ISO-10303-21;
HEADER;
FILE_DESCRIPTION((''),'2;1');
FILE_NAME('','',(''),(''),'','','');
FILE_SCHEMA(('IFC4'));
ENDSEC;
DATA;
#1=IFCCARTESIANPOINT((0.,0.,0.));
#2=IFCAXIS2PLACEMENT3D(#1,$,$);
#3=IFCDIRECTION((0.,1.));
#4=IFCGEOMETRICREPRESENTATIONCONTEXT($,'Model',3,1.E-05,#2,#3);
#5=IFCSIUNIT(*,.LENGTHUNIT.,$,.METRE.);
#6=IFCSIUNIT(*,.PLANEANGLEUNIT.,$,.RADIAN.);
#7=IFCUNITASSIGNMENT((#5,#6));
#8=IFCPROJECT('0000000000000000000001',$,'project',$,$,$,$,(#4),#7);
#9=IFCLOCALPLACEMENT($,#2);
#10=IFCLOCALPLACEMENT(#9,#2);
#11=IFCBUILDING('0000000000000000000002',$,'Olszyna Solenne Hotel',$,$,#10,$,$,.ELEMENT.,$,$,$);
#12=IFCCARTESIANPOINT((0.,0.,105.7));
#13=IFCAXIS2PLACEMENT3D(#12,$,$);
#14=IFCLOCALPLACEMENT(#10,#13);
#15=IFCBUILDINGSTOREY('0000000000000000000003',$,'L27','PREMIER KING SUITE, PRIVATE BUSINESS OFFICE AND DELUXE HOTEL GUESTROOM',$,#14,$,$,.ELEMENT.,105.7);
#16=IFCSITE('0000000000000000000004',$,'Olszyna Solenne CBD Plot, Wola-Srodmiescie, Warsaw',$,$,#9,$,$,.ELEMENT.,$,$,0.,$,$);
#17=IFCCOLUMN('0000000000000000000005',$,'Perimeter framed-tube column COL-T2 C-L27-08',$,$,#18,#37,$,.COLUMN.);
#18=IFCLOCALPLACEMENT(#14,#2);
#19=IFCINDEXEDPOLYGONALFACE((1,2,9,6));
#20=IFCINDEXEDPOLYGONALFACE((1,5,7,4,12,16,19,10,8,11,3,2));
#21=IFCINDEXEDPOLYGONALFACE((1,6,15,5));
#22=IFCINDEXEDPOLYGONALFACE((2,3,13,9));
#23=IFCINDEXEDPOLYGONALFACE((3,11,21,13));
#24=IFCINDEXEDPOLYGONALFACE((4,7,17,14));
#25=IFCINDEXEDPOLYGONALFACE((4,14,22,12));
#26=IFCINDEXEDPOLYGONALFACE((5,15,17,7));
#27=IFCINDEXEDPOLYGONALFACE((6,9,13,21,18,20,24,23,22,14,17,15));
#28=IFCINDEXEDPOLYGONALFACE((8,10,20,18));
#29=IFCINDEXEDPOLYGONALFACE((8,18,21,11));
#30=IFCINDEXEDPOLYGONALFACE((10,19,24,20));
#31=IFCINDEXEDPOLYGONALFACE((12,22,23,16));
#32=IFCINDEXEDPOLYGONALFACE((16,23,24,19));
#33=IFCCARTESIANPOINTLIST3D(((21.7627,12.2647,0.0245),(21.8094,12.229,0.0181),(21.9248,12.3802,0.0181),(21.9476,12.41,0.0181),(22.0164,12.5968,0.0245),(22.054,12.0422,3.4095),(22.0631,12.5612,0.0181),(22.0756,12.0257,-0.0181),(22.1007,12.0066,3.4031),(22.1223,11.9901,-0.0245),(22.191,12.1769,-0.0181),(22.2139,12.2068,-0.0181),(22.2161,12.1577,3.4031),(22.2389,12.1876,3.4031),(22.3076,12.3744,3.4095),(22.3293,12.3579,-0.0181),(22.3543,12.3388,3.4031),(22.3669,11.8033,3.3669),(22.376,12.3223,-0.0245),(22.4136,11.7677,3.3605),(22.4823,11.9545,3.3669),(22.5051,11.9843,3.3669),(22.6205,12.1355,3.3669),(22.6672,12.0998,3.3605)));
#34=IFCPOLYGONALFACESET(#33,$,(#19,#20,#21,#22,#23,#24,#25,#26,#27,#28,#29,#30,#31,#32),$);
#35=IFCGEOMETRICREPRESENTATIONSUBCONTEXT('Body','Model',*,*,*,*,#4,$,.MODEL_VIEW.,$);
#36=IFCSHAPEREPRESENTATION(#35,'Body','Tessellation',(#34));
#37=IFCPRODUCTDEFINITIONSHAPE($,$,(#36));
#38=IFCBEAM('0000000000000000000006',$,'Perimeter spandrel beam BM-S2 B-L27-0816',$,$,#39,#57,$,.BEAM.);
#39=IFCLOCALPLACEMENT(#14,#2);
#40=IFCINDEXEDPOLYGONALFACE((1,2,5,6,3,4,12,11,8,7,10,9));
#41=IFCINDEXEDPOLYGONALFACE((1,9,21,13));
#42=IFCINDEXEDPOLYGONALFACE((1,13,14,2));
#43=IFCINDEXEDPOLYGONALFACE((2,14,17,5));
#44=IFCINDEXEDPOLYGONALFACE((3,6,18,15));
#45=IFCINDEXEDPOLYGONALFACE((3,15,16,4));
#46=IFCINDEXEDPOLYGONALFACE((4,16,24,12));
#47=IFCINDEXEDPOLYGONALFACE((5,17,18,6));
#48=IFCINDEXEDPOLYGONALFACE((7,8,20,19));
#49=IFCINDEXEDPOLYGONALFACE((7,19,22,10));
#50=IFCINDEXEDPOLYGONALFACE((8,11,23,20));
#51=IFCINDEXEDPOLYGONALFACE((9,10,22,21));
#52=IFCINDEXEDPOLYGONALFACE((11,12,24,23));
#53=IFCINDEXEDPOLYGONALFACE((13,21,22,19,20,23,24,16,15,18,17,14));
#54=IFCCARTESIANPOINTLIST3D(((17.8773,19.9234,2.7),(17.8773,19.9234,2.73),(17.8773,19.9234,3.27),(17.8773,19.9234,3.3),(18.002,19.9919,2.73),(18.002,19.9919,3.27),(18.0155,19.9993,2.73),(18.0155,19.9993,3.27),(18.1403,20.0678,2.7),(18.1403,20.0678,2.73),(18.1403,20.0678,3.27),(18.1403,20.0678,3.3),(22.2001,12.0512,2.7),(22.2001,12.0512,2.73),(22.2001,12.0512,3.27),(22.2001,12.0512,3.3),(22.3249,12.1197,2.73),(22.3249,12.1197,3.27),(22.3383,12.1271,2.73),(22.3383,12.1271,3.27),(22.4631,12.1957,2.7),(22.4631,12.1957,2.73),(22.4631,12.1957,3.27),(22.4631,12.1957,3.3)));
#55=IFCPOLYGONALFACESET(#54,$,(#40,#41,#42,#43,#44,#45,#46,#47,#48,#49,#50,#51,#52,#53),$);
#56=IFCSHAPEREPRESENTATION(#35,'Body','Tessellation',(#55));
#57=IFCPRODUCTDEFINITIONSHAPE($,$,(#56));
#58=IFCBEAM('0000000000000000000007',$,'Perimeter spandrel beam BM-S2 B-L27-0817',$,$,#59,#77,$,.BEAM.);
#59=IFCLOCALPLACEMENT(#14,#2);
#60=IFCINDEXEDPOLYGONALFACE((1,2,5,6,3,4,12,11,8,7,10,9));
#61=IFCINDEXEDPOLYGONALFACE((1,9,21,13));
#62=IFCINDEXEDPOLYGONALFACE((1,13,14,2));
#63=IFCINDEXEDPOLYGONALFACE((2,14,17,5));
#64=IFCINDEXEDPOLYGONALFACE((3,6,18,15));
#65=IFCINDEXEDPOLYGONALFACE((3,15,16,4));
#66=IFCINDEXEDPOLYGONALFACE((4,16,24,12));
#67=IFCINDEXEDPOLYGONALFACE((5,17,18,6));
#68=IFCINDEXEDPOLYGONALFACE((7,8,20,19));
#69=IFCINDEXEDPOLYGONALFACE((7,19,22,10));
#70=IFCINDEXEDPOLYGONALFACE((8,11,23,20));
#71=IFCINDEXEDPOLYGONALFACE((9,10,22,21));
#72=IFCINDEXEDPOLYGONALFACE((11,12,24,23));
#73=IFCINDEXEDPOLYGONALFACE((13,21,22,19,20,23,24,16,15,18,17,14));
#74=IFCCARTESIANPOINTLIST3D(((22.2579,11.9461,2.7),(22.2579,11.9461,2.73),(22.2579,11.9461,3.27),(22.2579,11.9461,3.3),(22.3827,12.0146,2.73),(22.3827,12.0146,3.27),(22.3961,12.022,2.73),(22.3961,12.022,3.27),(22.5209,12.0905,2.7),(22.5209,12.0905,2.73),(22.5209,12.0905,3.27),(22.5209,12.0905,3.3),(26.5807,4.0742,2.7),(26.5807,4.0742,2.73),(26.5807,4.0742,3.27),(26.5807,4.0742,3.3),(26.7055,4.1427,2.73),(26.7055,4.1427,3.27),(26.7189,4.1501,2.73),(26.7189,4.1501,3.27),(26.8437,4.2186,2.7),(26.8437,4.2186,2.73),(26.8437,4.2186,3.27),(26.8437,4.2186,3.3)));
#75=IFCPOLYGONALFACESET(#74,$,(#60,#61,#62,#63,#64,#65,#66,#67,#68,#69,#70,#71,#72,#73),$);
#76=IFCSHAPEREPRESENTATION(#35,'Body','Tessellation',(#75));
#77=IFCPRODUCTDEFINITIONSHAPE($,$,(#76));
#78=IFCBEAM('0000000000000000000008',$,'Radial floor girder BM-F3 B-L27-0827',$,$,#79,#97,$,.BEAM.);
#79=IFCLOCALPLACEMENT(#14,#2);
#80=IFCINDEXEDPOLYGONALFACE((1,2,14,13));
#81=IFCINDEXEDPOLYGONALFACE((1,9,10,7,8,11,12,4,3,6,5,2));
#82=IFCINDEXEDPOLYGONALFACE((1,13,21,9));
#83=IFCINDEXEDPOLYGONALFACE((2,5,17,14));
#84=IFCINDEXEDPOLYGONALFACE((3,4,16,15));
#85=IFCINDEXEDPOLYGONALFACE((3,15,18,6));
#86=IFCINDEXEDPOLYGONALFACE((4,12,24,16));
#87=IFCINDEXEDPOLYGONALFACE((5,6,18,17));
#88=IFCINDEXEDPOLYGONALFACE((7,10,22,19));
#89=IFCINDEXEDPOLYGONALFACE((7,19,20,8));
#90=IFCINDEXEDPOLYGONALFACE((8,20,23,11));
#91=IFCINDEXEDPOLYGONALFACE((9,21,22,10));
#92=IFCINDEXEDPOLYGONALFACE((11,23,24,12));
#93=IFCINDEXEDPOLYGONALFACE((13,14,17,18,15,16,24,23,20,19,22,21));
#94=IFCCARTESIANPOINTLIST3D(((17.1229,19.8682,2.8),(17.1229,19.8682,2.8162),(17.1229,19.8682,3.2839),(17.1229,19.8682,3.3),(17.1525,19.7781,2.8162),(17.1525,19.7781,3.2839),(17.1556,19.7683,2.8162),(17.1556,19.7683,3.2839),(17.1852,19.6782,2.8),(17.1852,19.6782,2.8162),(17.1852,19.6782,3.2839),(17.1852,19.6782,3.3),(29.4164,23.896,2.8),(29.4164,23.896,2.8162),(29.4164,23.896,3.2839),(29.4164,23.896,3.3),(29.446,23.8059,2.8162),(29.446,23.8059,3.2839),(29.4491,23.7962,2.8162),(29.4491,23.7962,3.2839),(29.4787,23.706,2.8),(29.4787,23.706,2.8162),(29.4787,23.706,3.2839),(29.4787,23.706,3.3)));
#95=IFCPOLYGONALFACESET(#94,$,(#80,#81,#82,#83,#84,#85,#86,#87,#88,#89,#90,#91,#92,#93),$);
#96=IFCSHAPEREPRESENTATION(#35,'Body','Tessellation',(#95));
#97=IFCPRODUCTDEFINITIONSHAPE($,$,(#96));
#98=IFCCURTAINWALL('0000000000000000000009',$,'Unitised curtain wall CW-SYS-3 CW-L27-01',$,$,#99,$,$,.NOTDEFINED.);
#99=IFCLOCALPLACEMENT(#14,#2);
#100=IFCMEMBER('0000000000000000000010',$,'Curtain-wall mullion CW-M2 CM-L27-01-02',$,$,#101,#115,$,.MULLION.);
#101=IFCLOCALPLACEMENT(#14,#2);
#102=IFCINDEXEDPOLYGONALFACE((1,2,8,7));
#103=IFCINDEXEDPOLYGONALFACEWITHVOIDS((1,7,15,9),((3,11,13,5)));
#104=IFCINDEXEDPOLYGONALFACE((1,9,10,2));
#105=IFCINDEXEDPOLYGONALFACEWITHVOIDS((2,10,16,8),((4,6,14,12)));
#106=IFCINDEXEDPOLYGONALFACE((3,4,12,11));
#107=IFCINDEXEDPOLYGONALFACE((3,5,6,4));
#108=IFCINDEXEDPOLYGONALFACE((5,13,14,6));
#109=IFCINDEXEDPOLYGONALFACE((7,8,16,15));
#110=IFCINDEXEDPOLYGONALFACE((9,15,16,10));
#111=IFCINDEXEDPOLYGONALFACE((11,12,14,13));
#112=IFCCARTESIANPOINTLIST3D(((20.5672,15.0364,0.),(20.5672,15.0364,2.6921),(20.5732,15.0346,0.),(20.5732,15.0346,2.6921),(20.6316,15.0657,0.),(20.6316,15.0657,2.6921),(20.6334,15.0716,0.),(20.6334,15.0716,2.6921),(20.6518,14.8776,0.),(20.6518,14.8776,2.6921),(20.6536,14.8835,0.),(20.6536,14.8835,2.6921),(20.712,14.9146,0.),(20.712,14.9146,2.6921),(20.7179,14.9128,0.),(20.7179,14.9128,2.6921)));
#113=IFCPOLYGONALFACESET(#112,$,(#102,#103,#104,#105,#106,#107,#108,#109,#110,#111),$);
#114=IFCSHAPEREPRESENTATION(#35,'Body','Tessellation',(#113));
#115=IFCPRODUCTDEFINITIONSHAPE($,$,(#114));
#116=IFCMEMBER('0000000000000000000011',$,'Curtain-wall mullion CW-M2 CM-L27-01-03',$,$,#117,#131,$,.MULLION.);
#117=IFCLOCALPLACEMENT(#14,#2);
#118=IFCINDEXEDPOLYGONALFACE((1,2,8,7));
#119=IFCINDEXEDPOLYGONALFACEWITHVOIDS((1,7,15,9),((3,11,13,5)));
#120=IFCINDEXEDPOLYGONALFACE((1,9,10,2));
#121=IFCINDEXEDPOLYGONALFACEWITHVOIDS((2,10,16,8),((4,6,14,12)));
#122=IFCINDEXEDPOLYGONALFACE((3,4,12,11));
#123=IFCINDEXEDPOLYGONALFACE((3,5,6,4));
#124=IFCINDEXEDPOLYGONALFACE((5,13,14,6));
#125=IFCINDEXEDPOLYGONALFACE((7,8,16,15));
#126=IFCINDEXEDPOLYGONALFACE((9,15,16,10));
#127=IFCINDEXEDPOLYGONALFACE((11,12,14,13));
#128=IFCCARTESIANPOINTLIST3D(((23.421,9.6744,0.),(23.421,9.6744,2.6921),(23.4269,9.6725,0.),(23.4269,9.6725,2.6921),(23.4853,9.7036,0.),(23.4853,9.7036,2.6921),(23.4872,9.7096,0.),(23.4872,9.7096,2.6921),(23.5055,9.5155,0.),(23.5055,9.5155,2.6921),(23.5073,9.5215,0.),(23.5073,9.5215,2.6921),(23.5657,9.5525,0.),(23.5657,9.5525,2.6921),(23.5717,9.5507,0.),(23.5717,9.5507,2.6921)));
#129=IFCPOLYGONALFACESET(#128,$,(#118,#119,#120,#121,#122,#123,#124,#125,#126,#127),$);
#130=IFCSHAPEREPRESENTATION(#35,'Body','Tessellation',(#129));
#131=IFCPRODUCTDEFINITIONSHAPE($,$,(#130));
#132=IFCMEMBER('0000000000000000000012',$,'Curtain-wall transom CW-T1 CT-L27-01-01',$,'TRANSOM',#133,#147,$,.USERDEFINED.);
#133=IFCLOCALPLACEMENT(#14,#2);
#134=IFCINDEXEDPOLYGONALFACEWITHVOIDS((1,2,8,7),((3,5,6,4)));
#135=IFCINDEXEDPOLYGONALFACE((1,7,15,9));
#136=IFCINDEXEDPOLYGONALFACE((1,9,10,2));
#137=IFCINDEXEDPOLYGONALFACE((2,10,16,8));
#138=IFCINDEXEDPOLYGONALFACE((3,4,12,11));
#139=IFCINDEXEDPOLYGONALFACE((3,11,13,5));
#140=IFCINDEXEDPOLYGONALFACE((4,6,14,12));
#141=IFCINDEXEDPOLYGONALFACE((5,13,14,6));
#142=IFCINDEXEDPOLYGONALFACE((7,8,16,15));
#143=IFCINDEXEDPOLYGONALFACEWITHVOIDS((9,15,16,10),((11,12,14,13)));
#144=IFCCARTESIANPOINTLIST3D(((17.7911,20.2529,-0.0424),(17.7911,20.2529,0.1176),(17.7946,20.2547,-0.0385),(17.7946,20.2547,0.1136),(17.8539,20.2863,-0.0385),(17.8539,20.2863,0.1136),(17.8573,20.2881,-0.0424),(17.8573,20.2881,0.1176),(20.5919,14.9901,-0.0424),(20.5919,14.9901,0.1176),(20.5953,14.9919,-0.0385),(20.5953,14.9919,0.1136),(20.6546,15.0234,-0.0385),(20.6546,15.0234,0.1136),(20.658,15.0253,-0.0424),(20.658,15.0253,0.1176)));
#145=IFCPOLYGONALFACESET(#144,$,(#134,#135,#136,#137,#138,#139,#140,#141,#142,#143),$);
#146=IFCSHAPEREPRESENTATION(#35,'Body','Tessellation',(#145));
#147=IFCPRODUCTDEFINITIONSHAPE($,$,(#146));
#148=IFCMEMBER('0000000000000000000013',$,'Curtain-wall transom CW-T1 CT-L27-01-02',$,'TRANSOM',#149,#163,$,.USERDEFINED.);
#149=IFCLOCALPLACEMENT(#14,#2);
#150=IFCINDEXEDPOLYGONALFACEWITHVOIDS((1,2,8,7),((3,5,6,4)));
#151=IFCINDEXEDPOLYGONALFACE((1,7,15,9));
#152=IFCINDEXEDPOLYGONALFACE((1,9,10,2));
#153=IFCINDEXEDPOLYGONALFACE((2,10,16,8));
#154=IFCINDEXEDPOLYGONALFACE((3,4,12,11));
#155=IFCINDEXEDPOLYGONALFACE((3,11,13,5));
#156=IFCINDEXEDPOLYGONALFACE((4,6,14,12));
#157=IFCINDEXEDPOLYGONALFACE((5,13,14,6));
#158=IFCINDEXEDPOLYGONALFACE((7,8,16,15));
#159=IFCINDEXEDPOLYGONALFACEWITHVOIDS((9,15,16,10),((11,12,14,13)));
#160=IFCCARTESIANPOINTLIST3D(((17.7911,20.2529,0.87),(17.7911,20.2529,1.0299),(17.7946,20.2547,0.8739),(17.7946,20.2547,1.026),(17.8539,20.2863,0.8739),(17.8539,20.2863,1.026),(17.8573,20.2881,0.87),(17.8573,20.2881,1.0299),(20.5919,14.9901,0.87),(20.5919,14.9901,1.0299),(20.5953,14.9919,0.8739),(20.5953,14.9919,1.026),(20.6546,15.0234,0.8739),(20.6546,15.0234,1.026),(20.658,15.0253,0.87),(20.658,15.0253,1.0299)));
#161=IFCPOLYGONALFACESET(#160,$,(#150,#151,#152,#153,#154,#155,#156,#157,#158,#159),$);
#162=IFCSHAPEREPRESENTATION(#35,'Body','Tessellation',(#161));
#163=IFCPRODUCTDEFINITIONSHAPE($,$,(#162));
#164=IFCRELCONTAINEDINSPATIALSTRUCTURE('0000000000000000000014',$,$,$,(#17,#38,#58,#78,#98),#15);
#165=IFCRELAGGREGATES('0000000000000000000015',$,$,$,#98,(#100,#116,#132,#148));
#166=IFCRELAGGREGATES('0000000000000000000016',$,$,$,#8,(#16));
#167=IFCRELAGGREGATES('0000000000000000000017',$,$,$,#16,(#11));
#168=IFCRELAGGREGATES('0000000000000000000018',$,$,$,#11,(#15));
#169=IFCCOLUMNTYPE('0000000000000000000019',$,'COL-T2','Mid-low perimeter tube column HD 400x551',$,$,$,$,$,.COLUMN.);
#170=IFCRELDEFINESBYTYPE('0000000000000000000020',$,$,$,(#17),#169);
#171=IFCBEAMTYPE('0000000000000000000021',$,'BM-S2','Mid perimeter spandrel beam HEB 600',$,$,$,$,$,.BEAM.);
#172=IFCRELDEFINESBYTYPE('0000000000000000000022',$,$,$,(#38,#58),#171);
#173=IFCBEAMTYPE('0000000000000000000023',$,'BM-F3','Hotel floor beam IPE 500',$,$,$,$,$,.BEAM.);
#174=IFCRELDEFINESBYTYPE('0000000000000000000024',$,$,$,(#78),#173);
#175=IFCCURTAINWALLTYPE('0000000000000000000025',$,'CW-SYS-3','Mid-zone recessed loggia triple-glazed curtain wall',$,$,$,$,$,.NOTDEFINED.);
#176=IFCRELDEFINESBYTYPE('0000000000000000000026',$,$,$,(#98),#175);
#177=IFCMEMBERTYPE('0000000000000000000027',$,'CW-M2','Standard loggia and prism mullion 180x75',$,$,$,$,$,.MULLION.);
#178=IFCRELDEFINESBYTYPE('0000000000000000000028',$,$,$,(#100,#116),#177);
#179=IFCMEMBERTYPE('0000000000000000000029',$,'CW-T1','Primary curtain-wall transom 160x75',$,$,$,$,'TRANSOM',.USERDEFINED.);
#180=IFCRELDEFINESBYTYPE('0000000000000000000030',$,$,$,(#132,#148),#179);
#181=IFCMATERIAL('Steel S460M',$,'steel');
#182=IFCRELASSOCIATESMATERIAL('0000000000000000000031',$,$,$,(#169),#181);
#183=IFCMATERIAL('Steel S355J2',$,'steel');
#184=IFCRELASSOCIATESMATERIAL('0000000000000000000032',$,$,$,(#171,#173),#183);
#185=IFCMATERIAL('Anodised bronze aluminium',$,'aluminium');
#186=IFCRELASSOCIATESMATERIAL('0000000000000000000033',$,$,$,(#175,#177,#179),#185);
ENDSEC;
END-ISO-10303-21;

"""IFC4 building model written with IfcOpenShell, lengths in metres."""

from ifc_helpers import new_model, si_unit, direction, frame, origin, origin_2d, place, context, subcontext, project, spatial, hollow_rectangle, i_section, extrude, source, transform, mapped, material, material_profile, profile_set, type_object, element, aggregate, save


model = new_model("IFC4")

# Units and contexts
model_context = context("Model", 3, precision=1e-05, world=origin(), true_north=direction((0.0, 1.0)))
body_context = subcontext(model_context, "Body", "Model", "MODEL_VIEW")
ifc_project = project(units=[si_unit("LENGTHUNIT", "METRE"), si_unit("PLANEANGLEUNIT", "RADIAN")], contexts=[model_context])

# Site, building, storey
site_placement = place(None, origin())
site = spatial("IfcSite", under=ifc_project, at=site_placement, Name="Olszyna Solenne CBD Plot, Wola-Srodmiescie, Warsaw", CompositionType="ELEMENT", RefElevation=0.0)
building_placement = place(site_placement, origin())
building = spatial("IfcBuilding", under=site, at=building_placement, Name="Olszyna Solenne Hotel", CompositionType="ELEMENT")
storey_placement = place(building_placement, frame((0.0, 0.0, 105.7)))
storey = spatial("IfcBuildingStorey", under=building, at=storey_placement, Name="L27", Description="PREMIER KING SUITE, PRIVATE BUSINESS OFFICE AND DELUXE HOTEL GUESTROOM", CompositionType="ELEMENT", Elevation=105.7)

# Column
ifc_material_1 = material(Name="Steel S460M", Category="steel")
ifc_material_profile_1 = material_profile(ifc_material_1, i_section(OverallWidth=0.418, OverallDepth=0.4551, WebThickness=0.0376, FlangeThickness=0.0591, at=origin_2d()), Name="HD 400x551", Category="load-bearing")
ifc_profile_set_1 = profile_set([ifc_material_profile_1], Name="Steel S460M")
column_type = type_object("IfcColumnType", Name="COL-T2", Description="Mid-low perimeter tube column HD 400x551", PredefinedType="COLUMN", material=ifc_profile_set_1)
shared_shape_1 = source(origin(), body_context, "Body", "SweptSolid", [
    extrude(i_section(OverallWidth=0.418, OverallDepth=0.4551, WebThickness=0.0376, FlangeThickness=0.0591, at=origin_2d()), origin(), (0.0, 0.0, 1.0), 3.4048),
])
column_placement = place(storey_placement, frame((22.0693, 12.2935, 0.0), z_axis=(0.085544, -0.065323, 0.994191), x_axis=(0.606906, 0.794774, 0.0)))
element("IfcColumn", 1, at=column_placement, inside=storey, type_object=column_type, Name="Perimeter framed-tube column COL-T2 C-L27-08", PredefinedType="COLUMN", context=body_context, shape_type="MappedRepresentation", body=[
    mapped(shared_shape_1, transform((0.0, 0.0, 0.0), x_axis=(1.0, 0.0, 0.0), y_axis=(0.0, 1.0, 0.0), z_axis=(0.0, 0.0, 1.0), scale=1.0)),
])

# Beams
ifc_material_2 = material(Name="Steel S355J2", Category="steel")
ifc_material_profile_2 = material_profile(ifc_material_2, i_section(OverallWidth=0.3, OverallDepth=0.6001, WebThickness=0.0154, FlangeThickness=0.03, at=origin_2d()), Name="HEB 600", Category="load-bearing")
ifc_profile_set_2 = profile_set([ifc_material_profile_2], Name="Steel S355J2")
beam_type_1 = type_object("IfcBeamType", Name="BM-S2", Description="Mid perimeter spandrel beam HEB 600", PredefinedType="BEAM", material=ifc_profile_set_2)
shared_shape_2 = source(origin(), body_context, "Body", "SweptSolid", [
    extrude(i_section(OverallWidth=0.3, OverallDepth=0.6001, WebThickness=0.0154, FlangeThickness=0.03, at=origin_2d()), origin(), (0.0, 0.0, 1.0), 8.981),
])
beam_1_placement = place(storey_placement, frame((18.0088, 19.9956, 3.0), z_axis=(0.48133, -0.876539, 0.0), x_axis=(0.876539, 0.48133, 0.0)))
element("IfcBeam", 2, at=beam_1_placement, inside=storey, type_object=beam_type_1, Name="Perimeter spandrel beam BM-S2 B-L27-0816", PredefinedType="BEAM", context=body_context, shape_type="MappedRepresentation", body=[
    mapped(shared_shape_2, transform((0.0, 0.0, 0.0), x_axis=(1.0, 0.0, 0.0), y_axis=(0.0, 1.0, 0.0), z_axis=(0.0, 0.0, 1.0), scale=1.0)),
])
shared_shape_3 = source(origin(), body_context, "Body", "SweptSolid", [
    extrude(i_section(OverallWidth=0.3, OverallDepth=0.6001, WebThickness=0.0154, FlangeThickness=0.03, at=origin_2d()), origin(), (0.0, 0.0, 1.0), 8.9807),
])
beam_2_placement = place(storey_placement, frame((22.3894, 12.0183, 3.0), z_axis=(0.481342, -0.876533, 0.0), x_axis=(0.876533, 0.481342, 0.0)))
element("IfcBeam", 3, at=beam_2_placement, inside=storey, type_object=beam_type_1, Name="Perimeter spandrel beam BM-S2 B-L27-0817", PredefinedType="BEAM", context=body_context, shape_type="MappedRepresentation", body=[
    mapped(shared_shape_3, transform((0.0, 0.0, 0.0), x_axis=(1.0, 0.0, 0.0), y_axis=(0.0, 1.0, 0.0), z_axis=(0.0, 0.0, 1.0), scale=1.0)),
])
ifc_material_profile_3 = material_profile(ifc_material_2, i_section(OverallWidth=0.2, OverallDepth=0.5, WebThickness=0.0103, FlangeThickness=0.0161, at=origin_2d()), Name="IPE 500", Category="load-bearing")
ifc_profile_set_3 = profile_set([ifc_material_profile_3], Name="Steel S355J2")
beam_type_2 = type_object("IfcBeamType", Name="BM-F3", Description="Hotel floor beam IPE 500", PredefinedType="BEAM", material=ifc_profile_set_3)
shared_shape_4 = source(origin(), body_context, "Body", "SweptSolid", [
    extrude(i_section(OverallWidth=0.2, OverallDepth=0.5, WebThickness=0.0103, FlangeThickness=0.0161, at=origin_2d()), origin(), (0.0, 0.0, 1.0), 12.9365),
])
beam_3_placement = place(storey_placement, frame((17.1541, 19.7732, 3.05), z_axis=(0.950294, 0.311355, 0.0), x_axis=(-0.311355, 0.950294, 0.0)))
element("IfcBeam", 4, at=beam_3_placement, inside=storey, type_object=beam_type_2, Name="Radial floor girder BM-F3 B-L27-0827", PredefinedType="BEAM", context=body_context, shape_type="MappedRepresentation", body=[
    mapped(shared_shape_4, transform((0.0, 0.0, 0.0), x_axis=(1.0, 0.0, 0.0), y_axis=(0.0, 1.0, 0.0), z_axis=(0.0, 0.0, 1.0), scale=1.0)),
])

# Curtain wall, members
ifc_material_3 = material(Name="Anodised bronze aluminium", Category="aluminium")
curtain_wall_type = type_object("IfcCurtainWallType", Name="CW-SYS-3", Description="Mid-zone recessed loggia triple-glazed curtain wall", PredefinedType="NOTDEFINED", material=ifc_material_3)
curtain_wall_placement = place(storey_placement, origin())
curtain_wall = element("IfcCurtainWall", 5, at=curtain_wall_placement, inside=storey, type_object=curtain_wall_type, Name="Unitised curtain wall CW-SYS-3 CW-L27-01", PredefinedType="NOTDEFINED")
ifc_material_profile_4 = material_profile(ifc_material_3, hollow_rectangle(XDim=0.075, YDim=0.1799, WallThickness=0.0044, at=origin_2d()), Name="MULL 180x75x4.5", Category="load-bearing")
ifc_profile_set_4 = profile_set([ifc_material_profile_4], Name="Anodised bronze aluminium")
member_type_1 = type_object("IfcMemberType", Name="CW-M2", Description="Standard loggia and prism mullion 180x75", PredefinedType="MULLION", material=ifc_profile_set_4)
shared_shape_5 = source(origin(), body_context, "Body", "SweptSolid", [
    extrude(hollow_rectangle(XDim=0.075, YDim=0.1799, WallThickness=0.0044, at=origin_2d()), origin(), (0.0, 0.0, 1.0), 2.6921),
])
member_1_placement = place(storey_placement, frame((20.6426, 14.9746, 0.0), z_axis=(0.0, 0.0, 1.0), x_axis=(0.882777, 0.469793, 0.0)))
member_1 = element("IfcMember", 6, at=member_1_placement, type_object=member_type_1, Name="Curtain-wall mullion CW-M2 CM-L27-01-02", PredefinedType="MULLION", context=body_context, shape_type="MappedRepresentation", body=[
    mapped(shared_shape_5, transform((0.0, 0.0, 0.0), x_axis=(1.0, 0.0, 0.0), y_axis=(0.0, 1.0, 0.0), z_axis=(0.0, 0.0, 1.0), scale=1.0)),
])
member_2_placement = place(storey_placement, frame((23.4963, 9.6125, 0.0), z_axis=(0.0, 0.0, 1.0), x_axis=(0.882777, 0.469793, 0.0)))
member_2 = element("IfcMember", 7, at=member_2_placement, type_object=member_type_1, Name="Curtain-wall mullion CW-M2 CM-L27-01-03", PredefinedType="MULLION", context=body_context, shape_type="MappedRepresentation", body=[
    mapped(shared_shape_5, transform((0.0, 0.0, 0.0), x_axis=(1.0, 0.0, 0.0), y_axis=(0.0, 1.0, 0.0), z_axis=(0.0, 0.0, 1.0), scale=1.0)),
])
ifc_material_profile_5 = material_profile(ifc_material_3, hollow_rectangle(XDim=0.075, YDim=0.1599, WallThickness=0.0039, at=origin_2d()), Name="TRAN 160x75x4", Category="load-bearing")
ifc_profile_set_5 = profile_set([ifc_material_profile_5], Name="Anodised bronze aluminium")
member_type_2 = type_object("IfcMemberType", Name="CW-T1", Description="Primary curtain-wall transom 160x75", ElementType="TRANSOM", PredefinedType="USERDEFINED", material=ifc_profile_set_5)
shared_shape_6 = source(origin(), body_context, "Body", "SweptSolid", [
    extrude(hollow_rectangle(XDim=0.075, YDim=0.1599, WallThickness=0.0039, at=origin_2d()), origin(), (0.0, 0.0, 1.0), 5.9617),
])
member_3_placement = place(storey_placement, frame((17.8242, 20.2705, 0.0376), z_axis=(0.469789, -0.882779, 0.0), x_axis=(0.882779, 0.469789, 0.0)))
member_3 = element("IfcMember", 8, at=member_3_placement, type_object=member_type_2, Name="Curtain-wall transom CW-T1 CT-L27-01-01", ObjectType="TRANSOM", PredefinedType="USERDEFINED", context=body_context, shape_type="MappedRepresentation", body=[
    mapped(shared_shape_6, transform((0.0, 0.0, 0.0), x_axis=(1.0, 0.0, 0.0), y_axis=(0.0, 1.0, 0.0), z_axis=(0.0, 0.0, 1.0), scale=1.0)),
])
member_4_placement = place(storey_placement, frame((17.8242, 20.2705, 0.95), z_axis=(0.469789, -0.882779, 0.0), x_axis=(0.882779, 0.469789, 0.0)))
member_4 = element("IfcMember", 9, at=member_4_placement, type_object=member_type_2, Name="Curtain-wall transom CW-T1 CT-L27-01-02", ObjectType="TRANSOM", PredefinedType="USERDEFINED", context=body_context, shape_type="MappedRepresentation", body=[
    mapped(shared_shape_6, transform((0.0, 0.0, 0.0), x_axis=(1.0, 0.0, 0.0), y_axis=(0.0, 1.0, 0.0), z_axis=(0.0, 0.0, 1.0), scale=1.0)),
])

aggregate(curtain_wall, [member_1, member_2, member_3, member_4])

save(model, "model.ifc")
